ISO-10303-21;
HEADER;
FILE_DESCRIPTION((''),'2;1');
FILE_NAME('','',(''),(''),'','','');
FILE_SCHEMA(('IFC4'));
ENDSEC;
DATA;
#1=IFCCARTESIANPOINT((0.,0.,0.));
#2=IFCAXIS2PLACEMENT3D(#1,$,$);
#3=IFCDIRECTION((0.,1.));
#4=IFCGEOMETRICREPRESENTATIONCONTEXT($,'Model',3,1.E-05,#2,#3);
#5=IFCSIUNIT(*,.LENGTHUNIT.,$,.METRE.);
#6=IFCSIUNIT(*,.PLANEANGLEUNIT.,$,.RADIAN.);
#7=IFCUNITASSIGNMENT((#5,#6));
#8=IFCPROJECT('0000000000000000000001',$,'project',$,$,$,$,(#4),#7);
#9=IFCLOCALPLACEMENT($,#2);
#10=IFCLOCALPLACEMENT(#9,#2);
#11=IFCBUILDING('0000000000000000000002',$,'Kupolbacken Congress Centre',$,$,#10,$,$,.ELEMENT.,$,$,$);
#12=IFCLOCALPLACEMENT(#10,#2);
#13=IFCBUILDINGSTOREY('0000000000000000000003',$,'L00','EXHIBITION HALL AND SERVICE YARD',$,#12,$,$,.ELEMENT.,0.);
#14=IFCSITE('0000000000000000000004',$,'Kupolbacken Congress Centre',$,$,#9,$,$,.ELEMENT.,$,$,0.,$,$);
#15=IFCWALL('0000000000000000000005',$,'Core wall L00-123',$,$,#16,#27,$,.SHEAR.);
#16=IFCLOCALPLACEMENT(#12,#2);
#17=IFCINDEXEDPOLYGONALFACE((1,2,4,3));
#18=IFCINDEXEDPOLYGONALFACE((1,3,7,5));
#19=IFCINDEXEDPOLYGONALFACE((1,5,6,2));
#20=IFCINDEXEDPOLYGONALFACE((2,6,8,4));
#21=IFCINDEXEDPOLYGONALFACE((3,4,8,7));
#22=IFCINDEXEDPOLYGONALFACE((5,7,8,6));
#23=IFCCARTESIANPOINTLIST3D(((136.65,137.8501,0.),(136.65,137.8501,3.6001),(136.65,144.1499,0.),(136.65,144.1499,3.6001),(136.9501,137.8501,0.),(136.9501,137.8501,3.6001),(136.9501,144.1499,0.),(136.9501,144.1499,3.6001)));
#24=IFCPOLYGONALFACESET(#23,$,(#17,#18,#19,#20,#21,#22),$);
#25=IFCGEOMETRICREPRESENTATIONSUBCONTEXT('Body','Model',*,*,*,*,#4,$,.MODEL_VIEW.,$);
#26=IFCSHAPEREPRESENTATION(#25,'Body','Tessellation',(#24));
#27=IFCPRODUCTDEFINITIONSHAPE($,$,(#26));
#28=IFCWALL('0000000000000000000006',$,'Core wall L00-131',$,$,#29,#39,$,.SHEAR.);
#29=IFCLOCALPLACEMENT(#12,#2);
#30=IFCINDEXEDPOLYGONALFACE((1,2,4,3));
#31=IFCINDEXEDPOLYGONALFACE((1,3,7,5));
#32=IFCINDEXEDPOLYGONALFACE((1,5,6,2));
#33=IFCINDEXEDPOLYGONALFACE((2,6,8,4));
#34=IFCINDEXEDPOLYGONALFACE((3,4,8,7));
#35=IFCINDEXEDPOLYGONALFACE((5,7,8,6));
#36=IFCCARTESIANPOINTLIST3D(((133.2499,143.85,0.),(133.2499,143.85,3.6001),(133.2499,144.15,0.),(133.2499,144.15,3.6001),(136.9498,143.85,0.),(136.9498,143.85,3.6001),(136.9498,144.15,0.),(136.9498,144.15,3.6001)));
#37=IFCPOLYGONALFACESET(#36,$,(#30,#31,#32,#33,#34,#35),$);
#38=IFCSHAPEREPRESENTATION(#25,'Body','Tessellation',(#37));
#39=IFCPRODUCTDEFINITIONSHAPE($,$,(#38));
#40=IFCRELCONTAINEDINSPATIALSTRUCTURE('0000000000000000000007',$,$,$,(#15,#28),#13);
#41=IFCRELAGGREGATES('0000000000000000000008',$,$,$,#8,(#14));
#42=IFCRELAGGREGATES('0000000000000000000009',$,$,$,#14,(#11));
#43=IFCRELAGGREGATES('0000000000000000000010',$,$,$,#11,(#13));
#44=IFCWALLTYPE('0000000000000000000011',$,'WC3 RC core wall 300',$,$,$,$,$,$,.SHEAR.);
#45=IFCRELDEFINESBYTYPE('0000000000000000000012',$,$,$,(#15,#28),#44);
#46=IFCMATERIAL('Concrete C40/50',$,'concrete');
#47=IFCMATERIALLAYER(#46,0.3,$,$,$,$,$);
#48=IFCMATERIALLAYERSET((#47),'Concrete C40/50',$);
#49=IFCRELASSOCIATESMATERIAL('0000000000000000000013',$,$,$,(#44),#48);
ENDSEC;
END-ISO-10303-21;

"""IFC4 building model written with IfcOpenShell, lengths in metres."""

from ifc_helpers import new_model, si_unit, direction, frame, frame_2d, origin, place, context, subcontext, project, spatial, rectangle, extrude, material, layer, layer_set, type_object, element, save


model = new_model("IFC4")

# Units and contexts
model_context = context("Model", 3, precision=1e-05, world=origin(), true_north=direction((0.0, 1.0)))
body_context = subcontext(model_context, "Body", "Model", "MODEL_VIEW")
ifc_project = project(units=[si_unit("LENGTHUNIT", "METRE"), si_unit("PLANEANGLEUNIT", "RADIAN")], contexts=[model_context])

# Site, building, storey
site_placement = place(None, origin())
site = spatial("IfcSite", under=ifc_project, at=site_placement, Name="Kupolbacken Congress Centre", CompositionType="ELEMENT", RefElevation=0.0)
building_placement = place(site_placement, origin())
building = spatial("IfcBuilding", under=site, at=building_placement, Name="Kupolbacken Congress Centre", CompositionType="ELEMENT")
storey_placement = place(building_placement, origin())
storey = spatial("IfcBuildingStorey", under=building, at=storey_placement, Name="L00", Description="EXHIBITION HALL AND SERVICE YARD", CompositionType="ELEMENT", Elevation=0.0)

# Walls
ifc_material_1 = material(Name="Concrete C40/50", Category="concrete")
ifc_layer_1 = layer(ifc_material_1, 0.3)
ifc_layer_set_1 = layer_set([ifc_layer_1], Name="Concrete C40/50")
wall_type_1 = type_object("IfcWallType", Name="WC3 RC core wall 300", PredefinedType="SHEAR", material=ifc_layer_set_1)
wall_1_placement = place(storey_placement, frame((136.8, 137.8501, 0.0), z_axis=(0.0, 0.0, 1.0), x_axis=(0.0, 1.0, 0.0)))
element("IfcWall", 1, at=wall_1_placement, inside=storey, type_object=wall_type_1, Name="Core wall L00-123", PredefinedType="SHEAR", context=body_context, shape_type="SweptSolid", body=[
    extrude(rectangle(XDim=6.2998, YDim=0.3, at=frame_2d((3.1499, 0.0))), origin(), (0.0, 0.0, 1.0), 3.6001),
])
wall_2_placement = place(storey_placement, frame((136.95, 144.0, 0.0), z_axis=(0.0, 0.0, 1.0), x_axis=(-1.0, 0.0, 0.0)))
element("IfcWall", 2, at=wall_2_placement, inside=storey, type_object=wall_type_1, Name="Core wall L00-131", PredefinedType="SHEAR", context=body_context, shape_type="SweptSolid", body=[
    extrude(rectangle(XDim=3.7, YDim=0.3, at=frame_2d((1.8501, 0.0))), origin(), (0.0, 0.0, 1.0), 3.6001),
])

save(model, "model.ifc")
